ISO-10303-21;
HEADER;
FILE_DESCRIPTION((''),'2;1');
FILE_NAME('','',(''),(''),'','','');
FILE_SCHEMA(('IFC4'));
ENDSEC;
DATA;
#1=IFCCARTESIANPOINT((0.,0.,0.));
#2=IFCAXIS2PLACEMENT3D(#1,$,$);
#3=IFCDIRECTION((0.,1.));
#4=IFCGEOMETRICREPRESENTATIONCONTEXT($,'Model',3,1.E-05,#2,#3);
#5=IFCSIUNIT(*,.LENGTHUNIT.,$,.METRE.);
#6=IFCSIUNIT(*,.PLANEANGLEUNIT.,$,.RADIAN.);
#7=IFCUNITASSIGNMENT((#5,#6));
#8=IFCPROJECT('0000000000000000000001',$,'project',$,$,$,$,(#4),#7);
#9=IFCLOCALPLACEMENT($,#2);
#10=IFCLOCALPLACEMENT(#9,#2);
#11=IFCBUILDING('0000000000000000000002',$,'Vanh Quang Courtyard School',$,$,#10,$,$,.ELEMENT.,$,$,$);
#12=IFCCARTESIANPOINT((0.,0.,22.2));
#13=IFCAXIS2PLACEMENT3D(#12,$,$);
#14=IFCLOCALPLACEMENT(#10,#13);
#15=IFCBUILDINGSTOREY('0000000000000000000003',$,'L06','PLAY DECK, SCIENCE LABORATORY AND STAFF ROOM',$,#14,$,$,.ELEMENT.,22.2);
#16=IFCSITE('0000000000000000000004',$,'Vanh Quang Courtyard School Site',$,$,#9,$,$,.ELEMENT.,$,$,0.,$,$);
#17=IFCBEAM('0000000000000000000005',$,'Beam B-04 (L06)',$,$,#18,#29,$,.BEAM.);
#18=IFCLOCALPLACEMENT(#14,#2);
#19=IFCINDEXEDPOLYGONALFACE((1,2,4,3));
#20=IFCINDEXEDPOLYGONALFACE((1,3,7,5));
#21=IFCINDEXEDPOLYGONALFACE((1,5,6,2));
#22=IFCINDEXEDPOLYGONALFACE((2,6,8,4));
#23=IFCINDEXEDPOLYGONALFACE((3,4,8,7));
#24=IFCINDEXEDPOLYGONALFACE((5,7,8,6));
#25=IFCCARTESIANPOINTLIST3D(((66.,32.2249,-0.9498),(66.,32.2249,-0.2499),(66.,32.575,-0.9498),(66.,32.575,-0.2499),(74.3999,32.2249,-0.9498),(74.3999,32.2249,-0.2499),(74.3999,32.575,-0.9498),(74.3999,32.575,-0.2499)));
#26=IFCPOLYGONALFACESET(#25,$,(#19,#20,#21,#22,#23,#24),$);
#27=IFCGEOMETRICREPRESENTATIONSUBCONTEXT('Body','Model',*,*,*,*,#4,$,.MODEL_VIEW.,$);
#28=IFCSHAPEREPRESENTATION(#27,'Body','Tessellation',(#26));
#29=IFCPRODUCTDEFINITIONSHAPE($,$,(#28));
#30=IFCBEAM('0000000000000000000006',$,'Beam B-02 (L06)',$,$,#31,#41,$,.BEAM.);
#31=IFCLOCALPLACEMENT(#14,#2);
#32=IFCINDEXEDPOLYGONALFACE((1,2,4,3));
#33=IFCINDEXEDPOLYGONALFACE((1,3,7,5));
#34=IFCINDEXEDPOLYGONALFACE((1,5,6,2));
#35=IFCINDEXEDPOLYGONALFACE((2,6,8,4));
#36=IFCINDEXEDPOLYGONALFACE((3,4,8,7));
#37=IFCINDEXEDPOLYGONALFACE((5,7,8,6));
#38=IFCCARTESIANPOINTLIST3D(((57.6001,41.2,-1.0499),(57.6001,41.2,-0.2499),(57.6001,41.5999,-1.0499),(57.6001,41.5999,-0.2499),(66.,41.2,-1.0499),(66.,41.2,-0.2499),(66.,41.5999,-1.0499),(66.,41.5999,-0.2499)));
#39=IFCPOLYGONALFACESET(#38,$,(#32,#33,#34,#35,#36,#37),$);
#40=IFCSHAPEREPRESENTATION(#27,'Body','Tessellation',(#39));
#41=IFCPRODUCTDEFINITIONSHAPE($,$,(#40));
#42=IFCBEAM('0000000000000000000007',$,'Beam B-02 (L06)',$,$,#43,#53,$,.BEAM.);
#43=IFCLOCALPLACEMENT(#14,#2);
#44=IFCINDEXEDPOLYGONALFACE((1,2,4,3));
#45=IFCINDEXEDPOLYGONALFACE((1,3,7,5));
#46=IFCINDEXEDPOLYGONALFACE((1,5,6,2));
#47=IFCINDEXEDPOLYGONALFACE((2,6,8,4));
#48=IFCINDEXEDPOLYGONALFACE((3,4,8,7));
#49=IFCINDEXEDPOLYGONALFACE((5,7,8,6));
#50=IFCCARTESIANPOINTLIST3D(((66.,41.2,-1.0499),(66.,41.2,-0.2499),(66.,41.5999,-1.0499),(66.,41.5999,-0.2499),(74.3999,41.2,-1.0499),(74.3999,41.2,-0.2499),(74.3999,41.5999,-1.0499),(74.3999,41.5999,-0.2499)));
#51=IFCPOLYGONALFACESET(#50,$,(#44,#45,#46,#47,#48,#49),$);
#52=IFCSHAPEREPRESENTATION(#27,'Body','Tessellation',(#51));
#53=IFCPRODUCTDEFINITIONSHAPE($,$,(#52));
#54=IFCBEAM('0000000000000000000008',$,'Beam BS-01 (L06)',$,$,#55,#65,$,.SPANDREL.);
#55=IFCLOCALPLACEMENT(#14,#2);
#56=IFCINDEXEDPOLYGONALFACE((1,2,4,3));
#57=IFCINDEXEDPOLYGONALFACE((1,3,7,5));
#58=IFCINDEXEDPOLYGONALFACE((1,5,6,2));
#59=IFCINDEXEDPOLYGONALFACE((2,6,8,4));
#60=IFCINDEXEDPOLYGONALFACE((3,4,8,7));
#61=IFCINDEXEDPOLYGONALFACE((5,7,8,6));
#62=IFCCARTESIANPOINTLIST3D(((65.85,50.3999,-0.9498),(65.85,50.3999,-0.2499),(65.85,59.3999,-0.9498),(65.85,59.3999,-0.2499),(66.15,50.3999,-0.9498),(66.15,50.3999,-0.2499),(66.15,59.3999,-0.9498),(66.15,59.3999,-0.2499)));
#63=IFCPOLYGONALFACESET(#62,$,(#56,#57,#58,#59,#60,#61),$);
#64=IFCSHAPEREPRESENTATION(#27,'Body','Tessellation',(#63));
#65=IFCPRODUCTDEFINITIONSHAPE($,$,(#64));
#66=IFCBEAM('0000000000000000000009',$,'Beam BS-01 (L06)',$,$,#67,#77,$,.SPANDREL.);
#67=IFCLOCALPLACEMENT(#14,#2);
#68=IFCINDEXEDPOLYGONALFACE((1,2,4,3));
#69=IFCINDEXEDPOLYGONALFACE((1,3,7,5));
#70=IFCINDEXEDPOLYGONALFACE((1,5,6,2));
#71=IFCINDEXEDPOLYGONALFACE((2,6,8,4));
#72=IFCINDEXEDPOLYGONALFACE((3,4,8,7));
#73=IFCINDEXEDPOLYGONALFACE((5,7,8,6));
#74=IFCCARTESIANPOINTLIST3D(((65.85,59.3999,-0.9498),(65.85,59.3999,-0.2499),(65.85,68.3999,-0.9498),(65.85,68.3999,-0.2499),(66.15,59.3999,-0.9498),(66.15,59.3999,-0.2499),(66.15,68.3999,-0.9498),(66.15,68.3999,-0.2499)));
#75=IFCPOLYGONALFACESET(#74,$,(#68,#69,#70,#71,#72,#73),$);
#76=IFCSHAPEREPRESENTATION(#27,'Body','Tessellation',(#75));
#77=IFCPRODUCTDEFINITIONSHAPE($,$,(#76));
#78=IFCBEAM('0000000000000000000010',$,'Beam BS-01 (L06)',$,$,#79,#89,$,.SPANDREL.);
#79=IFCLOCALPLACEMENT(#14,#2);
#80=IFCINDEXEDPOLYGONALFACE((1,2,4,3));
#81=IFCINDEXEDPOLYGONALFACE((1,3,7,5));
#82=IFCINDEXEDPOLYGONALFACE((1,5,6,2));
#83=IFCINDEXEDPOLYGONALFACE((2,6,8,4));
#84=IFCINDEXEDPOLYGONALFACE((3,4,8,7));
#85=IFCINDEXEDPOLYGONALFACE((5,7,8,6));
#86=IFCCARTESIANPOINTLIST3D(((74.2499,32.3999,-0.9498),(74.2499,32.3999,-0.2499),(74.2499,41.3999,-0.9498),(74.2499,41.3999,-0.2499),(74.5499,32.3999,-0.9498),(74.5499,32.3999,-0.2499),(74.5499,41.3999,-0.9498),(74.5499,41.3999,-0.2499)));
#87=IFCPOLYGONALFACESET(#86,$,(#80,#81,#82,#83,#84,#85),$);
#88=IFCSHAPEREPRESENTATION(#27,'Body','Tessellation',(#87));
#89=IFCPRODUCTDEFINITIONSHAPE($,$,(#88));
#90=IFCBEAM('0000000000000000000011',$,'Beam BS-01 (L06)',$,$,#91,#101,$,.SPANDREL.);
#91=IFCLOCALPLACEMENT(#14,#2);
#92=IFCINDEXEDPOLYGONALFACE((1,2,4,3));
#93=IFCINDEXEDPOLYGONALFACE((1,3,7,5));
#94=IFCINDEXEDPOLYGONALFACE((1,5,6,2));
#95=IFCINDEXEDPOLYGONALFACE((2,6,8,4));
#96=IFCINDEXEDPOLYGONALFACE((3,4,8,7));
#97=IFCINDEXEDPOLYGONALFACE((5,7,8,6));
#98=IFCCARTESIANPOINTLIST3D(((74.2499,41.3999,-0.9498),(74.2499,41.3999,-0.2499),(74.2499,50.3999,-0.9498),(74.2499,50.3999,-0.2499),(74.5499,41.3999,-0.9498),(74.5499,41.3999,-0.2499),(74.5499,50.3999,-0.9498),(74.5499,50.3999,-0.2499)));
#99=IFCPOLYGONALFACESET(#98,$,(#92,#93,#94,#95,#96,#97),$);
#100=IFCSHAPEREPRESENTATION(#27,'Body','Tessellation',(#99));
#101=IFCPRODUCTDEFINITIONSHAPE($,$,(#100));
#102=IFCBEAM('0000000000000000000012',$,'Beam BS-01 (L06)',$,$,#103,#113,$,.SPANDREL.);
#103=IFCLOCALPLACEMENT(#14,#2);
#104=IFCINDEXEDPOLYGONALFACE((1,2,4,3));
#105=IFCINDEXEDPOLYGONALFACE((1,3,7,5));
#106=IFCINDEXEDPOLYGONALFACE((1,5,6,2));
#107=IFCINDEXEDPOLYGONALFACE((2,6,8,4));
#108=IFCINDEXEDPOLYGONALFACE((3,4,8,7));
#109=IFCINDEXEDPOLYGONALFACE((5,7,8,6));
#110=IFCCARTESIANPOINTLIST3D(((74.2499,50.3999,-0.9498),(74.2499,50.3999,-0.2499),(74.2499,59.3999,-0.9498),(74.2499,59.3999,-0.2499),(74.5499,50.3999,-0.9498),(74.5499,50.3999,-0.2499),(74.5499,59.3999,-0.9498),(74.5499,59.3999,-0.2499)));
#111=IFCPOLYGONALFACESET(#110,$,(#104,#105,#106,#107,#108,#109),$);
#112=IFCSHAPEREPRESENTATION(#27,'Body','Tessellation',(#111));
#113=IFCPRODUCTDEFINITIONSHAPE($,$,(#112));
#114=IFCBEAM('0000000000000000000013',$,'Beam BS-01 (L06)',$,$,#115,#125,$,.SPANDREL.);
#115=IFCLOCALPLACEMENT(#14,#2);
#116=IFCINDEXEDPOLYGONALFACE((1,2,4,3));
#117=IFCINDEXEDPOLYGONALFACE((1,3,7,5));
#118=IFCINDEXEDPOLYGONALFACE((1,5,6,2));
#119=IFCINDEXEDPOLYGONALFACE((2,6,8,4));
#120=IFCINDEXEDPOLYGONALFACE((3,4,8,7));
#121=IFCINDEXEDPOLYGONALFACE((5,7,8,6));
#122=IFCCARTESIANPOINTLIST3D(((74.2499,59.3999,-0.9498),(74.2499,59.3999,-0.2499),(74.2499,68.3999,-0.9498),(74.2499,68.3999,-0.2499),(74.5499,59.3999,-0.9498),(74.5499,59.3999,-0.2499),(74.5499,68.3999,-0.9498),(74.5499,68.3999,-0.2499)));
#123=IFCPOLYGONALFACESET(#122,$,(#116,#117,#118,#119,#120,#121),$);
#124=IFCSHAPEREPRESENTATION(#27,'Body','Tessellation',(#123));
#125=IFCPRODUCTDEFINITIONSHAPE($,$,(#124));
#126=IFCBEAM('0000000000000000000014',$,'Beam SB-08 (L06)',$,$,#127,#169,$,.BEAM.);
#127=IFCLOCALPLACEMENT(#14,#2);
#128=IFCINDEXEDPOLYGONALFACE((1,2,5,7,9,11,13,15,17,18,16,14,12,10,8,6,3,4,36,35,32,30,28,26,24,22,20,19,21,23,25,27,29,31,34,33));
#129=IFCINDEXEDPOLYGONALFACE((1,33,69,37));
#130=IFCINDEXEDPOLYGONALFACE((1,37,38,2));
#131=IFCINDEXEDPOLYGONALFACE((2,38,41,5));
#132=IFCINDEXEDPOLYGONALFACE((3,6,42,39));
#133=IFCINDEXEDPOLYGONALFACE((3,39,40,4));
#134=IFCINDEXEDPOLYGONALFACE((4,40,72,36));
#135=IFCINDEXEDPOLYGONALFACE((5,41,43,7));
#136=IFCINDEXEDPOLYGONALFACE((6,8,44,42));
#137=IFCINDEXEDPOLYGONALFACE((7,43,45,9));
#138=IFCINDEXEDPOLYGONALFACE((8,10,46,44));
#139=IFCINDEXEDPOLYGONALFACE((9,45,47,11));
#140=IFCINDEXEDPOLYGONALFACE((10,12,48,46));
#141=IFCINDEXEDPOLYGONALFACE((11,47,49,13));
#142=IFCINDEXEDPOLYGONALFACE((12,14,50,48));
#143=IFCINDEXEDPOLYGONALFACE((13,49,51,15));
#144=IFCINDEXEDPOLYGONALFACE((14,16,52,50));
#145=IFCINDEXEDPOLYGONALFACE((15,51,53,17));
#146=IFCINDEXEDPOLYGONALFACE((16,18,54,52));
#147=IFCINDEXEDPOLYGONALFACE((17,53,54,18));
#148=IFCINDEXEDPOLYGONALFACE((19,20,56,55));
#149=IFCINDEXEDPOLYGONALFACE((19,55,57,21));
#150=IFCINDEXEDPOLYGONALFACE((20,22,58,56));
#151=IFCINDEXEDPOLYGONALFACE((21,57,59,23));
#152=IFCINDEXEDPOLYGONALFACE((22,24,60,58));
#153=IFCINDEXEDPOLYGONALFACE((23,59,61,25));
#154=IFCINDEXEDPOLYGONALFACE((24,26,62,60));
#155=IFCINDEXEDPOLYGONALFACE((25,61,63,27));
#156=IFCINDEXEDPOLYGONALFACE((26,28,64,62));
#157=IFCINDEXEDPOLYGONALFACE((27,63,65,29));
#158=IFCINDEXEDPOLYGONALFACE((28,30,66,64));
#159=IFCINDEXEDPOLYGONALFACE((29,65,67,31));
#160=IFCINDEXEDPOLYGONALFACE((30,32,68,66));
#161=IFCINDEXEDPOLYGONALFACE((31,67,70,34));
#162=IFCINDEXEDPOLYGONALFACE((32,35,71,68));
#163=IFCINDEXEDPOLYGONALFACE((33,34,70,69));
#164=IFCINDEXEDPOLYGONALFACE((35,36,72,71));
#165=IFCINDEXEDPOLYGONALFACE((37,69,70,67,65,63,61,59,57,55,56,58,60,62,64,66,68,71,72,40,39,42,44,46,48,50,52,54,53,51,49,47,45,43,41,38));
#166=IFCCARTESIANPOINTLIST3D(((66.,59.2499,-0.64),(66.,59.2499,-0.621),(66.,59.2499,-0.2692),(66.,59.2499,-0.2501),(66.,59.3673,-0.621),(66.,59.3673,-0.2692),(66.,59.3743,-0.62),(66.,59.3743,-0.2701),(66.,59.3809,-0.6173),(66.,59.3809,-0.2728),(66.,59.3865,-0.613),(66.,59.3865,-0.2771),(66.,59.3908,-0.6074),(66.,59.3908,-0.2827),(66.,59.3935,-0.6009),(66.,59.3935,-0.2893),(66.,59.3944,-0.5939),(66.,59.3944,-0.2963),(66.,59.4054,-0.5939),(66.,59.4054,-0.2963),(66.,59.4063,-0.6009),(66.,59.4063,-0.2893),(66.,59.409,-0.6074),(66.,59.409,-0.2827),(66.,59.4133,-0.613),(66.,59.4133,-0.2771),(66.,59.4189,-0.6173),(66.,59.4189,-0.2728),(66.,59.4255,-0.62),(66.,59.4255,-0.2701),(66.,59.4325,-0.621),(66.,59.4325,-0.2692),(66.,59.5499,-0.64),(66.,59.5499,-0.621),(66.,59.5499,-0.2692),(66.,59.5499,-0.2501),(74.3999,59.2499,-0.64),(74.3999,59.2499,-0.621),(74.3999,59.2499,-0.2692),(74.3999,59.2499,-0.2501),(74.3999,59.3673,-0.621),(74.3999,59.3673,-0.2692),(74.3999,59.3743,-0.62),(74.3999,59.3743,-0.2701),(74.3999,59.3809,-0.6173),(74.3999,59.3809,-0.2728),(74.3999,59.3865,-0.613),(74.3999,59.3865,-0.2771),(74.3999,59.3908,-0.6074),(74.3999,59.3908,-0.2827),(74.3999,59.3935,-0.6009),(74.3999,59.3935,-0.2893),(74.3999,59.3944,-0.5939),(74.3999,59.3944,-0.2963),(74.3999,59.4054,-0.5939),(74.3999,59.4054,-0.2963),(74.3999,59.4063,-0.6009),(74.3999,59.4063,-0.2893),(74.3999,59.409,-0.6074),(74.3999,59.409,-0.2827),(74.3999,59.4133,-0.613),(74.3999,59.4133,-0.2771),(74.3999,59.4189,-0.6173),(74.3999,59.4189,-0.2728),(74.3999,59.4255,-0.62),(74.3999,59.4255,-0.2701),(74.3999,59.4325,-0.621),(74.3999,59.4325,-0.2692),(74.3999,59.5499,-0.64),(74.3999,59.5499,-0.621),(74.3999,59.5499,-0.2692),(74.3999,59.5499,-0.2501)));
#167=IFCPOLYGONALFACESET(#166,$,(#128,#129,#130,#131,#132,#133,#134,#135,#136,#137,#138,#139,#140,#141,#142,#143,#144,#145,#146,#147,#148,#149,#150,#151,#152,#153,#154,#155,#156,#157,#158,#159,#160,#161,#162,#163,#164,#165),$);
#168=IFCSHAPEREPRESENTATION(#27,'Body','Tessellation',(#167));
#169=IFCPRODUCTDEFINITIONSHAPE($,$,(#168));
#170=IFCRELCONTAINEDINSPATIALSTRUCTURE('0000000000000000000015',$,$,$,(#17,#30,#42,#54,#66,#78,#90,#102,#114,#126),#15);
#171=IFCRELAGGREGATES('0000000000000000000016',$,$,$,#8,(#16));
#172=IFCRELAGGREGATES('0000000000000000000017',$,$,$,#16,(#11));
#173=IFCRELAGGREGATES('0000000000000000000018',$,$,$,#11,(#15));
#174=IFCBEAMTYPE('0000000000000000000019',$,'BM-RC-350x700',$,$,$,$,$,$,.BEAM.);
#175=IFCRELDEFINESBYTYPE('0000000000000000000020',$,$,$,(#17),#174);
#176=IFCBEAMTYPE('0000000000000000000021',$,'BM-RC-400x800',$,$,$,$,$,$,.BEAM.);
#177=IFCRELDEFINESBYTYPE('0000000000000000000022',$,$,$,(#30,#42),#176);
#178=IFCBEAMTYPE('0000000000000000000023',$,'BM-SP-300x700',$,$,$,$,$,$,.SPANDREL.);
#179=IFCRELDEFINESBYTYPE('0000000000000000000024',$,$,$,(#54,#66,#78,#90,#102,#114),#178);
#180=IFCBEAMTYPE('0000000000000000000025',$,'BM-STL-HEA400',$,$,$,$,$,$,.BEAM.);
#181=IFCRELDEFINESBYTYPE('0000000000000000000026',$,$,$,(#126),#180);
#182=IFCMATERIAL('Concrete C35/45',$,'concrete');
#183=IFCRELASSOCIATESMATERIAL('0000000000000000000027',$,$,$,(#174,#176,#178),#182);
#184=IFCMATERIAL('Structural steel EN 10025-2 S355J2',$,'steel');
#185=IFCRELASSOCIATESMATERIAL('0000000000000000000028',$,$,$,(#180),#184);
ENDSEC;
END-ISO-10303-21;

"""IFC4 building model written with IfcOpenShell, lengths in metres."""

from ifc_helpers import new_model, si_unit, direction, frame, origin, origin_2d, place, context, subcontext, project, spatial, rectangle, i_section, extrude, material, material_profile, profile_set, type_object, element, save


model = new_model("IFC4")

# Units and contexts
model_context = context("Model", 3, precision=1e-05, world=origin(), true_north=direction((0.0, 1.0)))
body_context = subcontext(model_context, "Body", "Model", "MODEL_VIEW")
ifc_project = project(units=[si_unit("LENGTHUNIT", "METRE"), si_unit("PLANEANGLEUNIT", "RADIAN")], contexts=[model_context])

# Site, building, storey
site_placement = place(None, origin())
site = spatial("IfcSite", under=ifc_project, at=site_placement, Name="Vanh Quang Courtyard School Site", CompositionType="ELEMENT", RefElevation=0.0)
building_placement = place(site_placement, origin())
building = spatial("IfcBuilding", under=site, at=building_placement, Name="Vanh Quang Courtyard School", CompositionType="ELEMENT")
storey_placement = place(building_placement, frame((0.0, 0.0, 22.2)))
storey = spatial("IfcBuildingStorey", under=building, at=storey_placement, Name="L06", Description="PLAY DECK, SCIENCE LABORATORY AND STAFF ROOM", CompositionType="ELEMENT", Elevation=22.2)

# Beams
ifc_material_1 = material(Name="Concrete C35/45", Category="concrete")
ifc_material_profile_1 = material_profile(ifc_material_1, rectangle(XDim=0.3501, YDim=0.7, at=origin_2d()), Name="RC-BM 350x700")
ifc_profile_set_1 = profile_set([ifc_material_profile_1], Name="Concrete C35/45")
beam_type_1 = type_object("IfcBeamType", Name="BM-RC-350x700", PredefinedType="BEAM", material=ifc_profile_set_1)
beam_1_placement = place(storey_placement, frame((66.0, 32.3999, -0.5999), z_axis=(1.0, 0.0, 0.0), x_axis=(0.0, 1.0, 0.0)))
element("IfcBeam", 1, at=beam_1_placement, inside=storey, type_object=beam_type_1, Name="Beam B-04 (L06)", PredefinedType="BEAM", context=body_context, shape_type="SweptSolid", body=[
    extrude(rectangle(XDim=0.3501, YDim=0.7, at=origin_2d()), origin(), (0.0, 0.0, 1.0), 8.3999),
])
ifc_material_profile_2 = material_profile(ifc_material_1, rectangle(XDim=0.3999, YDim=0.8, at=origin_2d()), Name="RC-BM 400x800")
ifc_profile_set_2 = profile_set([ifc_material_profile_2], Name="Concrete C35/45")
beam_type_2 = type_object("IfcBeamType", Name="BM-RC-400x800", PredefinedType="BEAM", material=ifc_profile_set_2)
for number, where, z_axis, x_axis, name in (
    (2, (57.6001, 41.3999, -0.6499), (1.0, 0.0, 0.0), (0.0, 1.0, 0.0), "Beam B-02 (L06)"),
    (3, (66.0, 41.3999, -0.6499), (1.0, 0.0, 0.0), (0.0, 1.0, 0.0), "Beam B-02 (L06)"),
):
    element("IfcBeam", number, at=place(storey_placement, frame(where, z_axis=z_axis, x_axis=x_axis)), inside=storey, type_object=beam_type_2, Name=name, PredefinedType="BEAM", context=body_context, shape_type="SweptSolid", body=[
        extrude(rectangle(XDim=0.3999, YDim=0.8, at=origin_2d()), origin(), (0.0, 0.0, 1.0), 8.3999),
    ])
ifc_material_profile_3 = material_profile(ifc_material_1, rectangle(XDim=0.3, YDim=0.7, at=origin_2d()), Name="RC-SP 300x700")
ifc_profile_set_3 = profile_set([ifc_material_profile_3], Name="Concrete C35/45")
beam_type_3 = type_object("IfcBeamType", Name="BM-SP-300x700", PredefinedType="SPANDREL", material=ifc_profile_set_3)
for number, where, z_axis, x_axis, name in (
    (4, (66.0, 50.3999, -0.5999), (0.0, 1.0, 0.0), (-1.0, 0.0, 0.0), "Beam BS-01 (L06)"),
    (5, (66.0, 59.3999, -0.5999), (0.0, 1.0, 0.0), (-1.0, 0.0, 0.0), "Beam BS-01 (L06)"),
    (6, (74.3999, 32.3999, -0.5999), (0.0, 1.0, 0.0), (-1.0, 0.0, 0.0), "Beam BS-01 (L06)"),
    (7, (74.3999, 41.3999, -0.5999), (0.0, 1.0, 0.0), (-1.0, 0.0, 0.0), "Beam BS-01 (L06)"),
    (8, (74.3999, 50.3999, -0.5999), (0.0, 1.0, 0.0), (-1.0, 0.0, 0.0), "Beam BS-01 (L06)"),
    (9, (74.3999, 59.3999, -0.5999), (0.0, 1.0, 0.0), (-1.0, 0.0, 0.0), "Beam BS-01 (L06)"),
):
    element("IfcBeam", number, at=place(storey_placement, frame(where, z_axis=z_axis, x_axis=x_axis)), inside=storey, type_object=beam_type_3, Name=name, PredefinedType="SPANDREL", context=body_context, shape_type="SweptSolid", body=[
        extrude(rectangle(XDim=0.3, YDim=0.7, at=origin_2d()), origin(), (0.0, 0.0, 1.0), 9.0),
    ])
ifc_material_2 = material(Name="Structural steel EN 10025-2 S355J2", Category="steel")
ifc_material_profile_4 = material_profile(ifc_material_2, i_section(OverallWidth=0.3, OverallDepth=0.3899, WebThickness=0.011, FlangeThickness=0.019, FilletRadius=0.0271, at=origin_2d()), Name="HEA 400")
ifc_profile_set_4 = profile_set([ifc_material_profile_4], Name="Structural steel EN 10025-2 S355J2")
beam_type_4 = type_object("IfcBeamType", Name="BM-STL-HEA400", PredefinedType="BEAM", material=ifc_profile_set_4)
beam_2_placement = place(storey_placement, frame((66.0, 59.3999, -0.4451), z_axis=(1.0, 0.0, 0.0), x_axis=(0.0, 1.0, 0.0)))
element("IfcBeam", 10, at=beam_2_placement, inside=storey, type_object=beam_type_4, Name="Beam SB-08 (L06)", PredefinedType="BEAM", context=body_context, shape_type="SweptSolid", body=[
    extrude(i_section(OverallWidth=0.3, OverallDepth=0.3899, WebThickness=0.011, FlangeThickness=0.019, FilletRadius=0.0271, at=origin_2d()), origin(), (0.0, 0.0, 1.0), 8.3999),
])

save(model, "model.ifc")
